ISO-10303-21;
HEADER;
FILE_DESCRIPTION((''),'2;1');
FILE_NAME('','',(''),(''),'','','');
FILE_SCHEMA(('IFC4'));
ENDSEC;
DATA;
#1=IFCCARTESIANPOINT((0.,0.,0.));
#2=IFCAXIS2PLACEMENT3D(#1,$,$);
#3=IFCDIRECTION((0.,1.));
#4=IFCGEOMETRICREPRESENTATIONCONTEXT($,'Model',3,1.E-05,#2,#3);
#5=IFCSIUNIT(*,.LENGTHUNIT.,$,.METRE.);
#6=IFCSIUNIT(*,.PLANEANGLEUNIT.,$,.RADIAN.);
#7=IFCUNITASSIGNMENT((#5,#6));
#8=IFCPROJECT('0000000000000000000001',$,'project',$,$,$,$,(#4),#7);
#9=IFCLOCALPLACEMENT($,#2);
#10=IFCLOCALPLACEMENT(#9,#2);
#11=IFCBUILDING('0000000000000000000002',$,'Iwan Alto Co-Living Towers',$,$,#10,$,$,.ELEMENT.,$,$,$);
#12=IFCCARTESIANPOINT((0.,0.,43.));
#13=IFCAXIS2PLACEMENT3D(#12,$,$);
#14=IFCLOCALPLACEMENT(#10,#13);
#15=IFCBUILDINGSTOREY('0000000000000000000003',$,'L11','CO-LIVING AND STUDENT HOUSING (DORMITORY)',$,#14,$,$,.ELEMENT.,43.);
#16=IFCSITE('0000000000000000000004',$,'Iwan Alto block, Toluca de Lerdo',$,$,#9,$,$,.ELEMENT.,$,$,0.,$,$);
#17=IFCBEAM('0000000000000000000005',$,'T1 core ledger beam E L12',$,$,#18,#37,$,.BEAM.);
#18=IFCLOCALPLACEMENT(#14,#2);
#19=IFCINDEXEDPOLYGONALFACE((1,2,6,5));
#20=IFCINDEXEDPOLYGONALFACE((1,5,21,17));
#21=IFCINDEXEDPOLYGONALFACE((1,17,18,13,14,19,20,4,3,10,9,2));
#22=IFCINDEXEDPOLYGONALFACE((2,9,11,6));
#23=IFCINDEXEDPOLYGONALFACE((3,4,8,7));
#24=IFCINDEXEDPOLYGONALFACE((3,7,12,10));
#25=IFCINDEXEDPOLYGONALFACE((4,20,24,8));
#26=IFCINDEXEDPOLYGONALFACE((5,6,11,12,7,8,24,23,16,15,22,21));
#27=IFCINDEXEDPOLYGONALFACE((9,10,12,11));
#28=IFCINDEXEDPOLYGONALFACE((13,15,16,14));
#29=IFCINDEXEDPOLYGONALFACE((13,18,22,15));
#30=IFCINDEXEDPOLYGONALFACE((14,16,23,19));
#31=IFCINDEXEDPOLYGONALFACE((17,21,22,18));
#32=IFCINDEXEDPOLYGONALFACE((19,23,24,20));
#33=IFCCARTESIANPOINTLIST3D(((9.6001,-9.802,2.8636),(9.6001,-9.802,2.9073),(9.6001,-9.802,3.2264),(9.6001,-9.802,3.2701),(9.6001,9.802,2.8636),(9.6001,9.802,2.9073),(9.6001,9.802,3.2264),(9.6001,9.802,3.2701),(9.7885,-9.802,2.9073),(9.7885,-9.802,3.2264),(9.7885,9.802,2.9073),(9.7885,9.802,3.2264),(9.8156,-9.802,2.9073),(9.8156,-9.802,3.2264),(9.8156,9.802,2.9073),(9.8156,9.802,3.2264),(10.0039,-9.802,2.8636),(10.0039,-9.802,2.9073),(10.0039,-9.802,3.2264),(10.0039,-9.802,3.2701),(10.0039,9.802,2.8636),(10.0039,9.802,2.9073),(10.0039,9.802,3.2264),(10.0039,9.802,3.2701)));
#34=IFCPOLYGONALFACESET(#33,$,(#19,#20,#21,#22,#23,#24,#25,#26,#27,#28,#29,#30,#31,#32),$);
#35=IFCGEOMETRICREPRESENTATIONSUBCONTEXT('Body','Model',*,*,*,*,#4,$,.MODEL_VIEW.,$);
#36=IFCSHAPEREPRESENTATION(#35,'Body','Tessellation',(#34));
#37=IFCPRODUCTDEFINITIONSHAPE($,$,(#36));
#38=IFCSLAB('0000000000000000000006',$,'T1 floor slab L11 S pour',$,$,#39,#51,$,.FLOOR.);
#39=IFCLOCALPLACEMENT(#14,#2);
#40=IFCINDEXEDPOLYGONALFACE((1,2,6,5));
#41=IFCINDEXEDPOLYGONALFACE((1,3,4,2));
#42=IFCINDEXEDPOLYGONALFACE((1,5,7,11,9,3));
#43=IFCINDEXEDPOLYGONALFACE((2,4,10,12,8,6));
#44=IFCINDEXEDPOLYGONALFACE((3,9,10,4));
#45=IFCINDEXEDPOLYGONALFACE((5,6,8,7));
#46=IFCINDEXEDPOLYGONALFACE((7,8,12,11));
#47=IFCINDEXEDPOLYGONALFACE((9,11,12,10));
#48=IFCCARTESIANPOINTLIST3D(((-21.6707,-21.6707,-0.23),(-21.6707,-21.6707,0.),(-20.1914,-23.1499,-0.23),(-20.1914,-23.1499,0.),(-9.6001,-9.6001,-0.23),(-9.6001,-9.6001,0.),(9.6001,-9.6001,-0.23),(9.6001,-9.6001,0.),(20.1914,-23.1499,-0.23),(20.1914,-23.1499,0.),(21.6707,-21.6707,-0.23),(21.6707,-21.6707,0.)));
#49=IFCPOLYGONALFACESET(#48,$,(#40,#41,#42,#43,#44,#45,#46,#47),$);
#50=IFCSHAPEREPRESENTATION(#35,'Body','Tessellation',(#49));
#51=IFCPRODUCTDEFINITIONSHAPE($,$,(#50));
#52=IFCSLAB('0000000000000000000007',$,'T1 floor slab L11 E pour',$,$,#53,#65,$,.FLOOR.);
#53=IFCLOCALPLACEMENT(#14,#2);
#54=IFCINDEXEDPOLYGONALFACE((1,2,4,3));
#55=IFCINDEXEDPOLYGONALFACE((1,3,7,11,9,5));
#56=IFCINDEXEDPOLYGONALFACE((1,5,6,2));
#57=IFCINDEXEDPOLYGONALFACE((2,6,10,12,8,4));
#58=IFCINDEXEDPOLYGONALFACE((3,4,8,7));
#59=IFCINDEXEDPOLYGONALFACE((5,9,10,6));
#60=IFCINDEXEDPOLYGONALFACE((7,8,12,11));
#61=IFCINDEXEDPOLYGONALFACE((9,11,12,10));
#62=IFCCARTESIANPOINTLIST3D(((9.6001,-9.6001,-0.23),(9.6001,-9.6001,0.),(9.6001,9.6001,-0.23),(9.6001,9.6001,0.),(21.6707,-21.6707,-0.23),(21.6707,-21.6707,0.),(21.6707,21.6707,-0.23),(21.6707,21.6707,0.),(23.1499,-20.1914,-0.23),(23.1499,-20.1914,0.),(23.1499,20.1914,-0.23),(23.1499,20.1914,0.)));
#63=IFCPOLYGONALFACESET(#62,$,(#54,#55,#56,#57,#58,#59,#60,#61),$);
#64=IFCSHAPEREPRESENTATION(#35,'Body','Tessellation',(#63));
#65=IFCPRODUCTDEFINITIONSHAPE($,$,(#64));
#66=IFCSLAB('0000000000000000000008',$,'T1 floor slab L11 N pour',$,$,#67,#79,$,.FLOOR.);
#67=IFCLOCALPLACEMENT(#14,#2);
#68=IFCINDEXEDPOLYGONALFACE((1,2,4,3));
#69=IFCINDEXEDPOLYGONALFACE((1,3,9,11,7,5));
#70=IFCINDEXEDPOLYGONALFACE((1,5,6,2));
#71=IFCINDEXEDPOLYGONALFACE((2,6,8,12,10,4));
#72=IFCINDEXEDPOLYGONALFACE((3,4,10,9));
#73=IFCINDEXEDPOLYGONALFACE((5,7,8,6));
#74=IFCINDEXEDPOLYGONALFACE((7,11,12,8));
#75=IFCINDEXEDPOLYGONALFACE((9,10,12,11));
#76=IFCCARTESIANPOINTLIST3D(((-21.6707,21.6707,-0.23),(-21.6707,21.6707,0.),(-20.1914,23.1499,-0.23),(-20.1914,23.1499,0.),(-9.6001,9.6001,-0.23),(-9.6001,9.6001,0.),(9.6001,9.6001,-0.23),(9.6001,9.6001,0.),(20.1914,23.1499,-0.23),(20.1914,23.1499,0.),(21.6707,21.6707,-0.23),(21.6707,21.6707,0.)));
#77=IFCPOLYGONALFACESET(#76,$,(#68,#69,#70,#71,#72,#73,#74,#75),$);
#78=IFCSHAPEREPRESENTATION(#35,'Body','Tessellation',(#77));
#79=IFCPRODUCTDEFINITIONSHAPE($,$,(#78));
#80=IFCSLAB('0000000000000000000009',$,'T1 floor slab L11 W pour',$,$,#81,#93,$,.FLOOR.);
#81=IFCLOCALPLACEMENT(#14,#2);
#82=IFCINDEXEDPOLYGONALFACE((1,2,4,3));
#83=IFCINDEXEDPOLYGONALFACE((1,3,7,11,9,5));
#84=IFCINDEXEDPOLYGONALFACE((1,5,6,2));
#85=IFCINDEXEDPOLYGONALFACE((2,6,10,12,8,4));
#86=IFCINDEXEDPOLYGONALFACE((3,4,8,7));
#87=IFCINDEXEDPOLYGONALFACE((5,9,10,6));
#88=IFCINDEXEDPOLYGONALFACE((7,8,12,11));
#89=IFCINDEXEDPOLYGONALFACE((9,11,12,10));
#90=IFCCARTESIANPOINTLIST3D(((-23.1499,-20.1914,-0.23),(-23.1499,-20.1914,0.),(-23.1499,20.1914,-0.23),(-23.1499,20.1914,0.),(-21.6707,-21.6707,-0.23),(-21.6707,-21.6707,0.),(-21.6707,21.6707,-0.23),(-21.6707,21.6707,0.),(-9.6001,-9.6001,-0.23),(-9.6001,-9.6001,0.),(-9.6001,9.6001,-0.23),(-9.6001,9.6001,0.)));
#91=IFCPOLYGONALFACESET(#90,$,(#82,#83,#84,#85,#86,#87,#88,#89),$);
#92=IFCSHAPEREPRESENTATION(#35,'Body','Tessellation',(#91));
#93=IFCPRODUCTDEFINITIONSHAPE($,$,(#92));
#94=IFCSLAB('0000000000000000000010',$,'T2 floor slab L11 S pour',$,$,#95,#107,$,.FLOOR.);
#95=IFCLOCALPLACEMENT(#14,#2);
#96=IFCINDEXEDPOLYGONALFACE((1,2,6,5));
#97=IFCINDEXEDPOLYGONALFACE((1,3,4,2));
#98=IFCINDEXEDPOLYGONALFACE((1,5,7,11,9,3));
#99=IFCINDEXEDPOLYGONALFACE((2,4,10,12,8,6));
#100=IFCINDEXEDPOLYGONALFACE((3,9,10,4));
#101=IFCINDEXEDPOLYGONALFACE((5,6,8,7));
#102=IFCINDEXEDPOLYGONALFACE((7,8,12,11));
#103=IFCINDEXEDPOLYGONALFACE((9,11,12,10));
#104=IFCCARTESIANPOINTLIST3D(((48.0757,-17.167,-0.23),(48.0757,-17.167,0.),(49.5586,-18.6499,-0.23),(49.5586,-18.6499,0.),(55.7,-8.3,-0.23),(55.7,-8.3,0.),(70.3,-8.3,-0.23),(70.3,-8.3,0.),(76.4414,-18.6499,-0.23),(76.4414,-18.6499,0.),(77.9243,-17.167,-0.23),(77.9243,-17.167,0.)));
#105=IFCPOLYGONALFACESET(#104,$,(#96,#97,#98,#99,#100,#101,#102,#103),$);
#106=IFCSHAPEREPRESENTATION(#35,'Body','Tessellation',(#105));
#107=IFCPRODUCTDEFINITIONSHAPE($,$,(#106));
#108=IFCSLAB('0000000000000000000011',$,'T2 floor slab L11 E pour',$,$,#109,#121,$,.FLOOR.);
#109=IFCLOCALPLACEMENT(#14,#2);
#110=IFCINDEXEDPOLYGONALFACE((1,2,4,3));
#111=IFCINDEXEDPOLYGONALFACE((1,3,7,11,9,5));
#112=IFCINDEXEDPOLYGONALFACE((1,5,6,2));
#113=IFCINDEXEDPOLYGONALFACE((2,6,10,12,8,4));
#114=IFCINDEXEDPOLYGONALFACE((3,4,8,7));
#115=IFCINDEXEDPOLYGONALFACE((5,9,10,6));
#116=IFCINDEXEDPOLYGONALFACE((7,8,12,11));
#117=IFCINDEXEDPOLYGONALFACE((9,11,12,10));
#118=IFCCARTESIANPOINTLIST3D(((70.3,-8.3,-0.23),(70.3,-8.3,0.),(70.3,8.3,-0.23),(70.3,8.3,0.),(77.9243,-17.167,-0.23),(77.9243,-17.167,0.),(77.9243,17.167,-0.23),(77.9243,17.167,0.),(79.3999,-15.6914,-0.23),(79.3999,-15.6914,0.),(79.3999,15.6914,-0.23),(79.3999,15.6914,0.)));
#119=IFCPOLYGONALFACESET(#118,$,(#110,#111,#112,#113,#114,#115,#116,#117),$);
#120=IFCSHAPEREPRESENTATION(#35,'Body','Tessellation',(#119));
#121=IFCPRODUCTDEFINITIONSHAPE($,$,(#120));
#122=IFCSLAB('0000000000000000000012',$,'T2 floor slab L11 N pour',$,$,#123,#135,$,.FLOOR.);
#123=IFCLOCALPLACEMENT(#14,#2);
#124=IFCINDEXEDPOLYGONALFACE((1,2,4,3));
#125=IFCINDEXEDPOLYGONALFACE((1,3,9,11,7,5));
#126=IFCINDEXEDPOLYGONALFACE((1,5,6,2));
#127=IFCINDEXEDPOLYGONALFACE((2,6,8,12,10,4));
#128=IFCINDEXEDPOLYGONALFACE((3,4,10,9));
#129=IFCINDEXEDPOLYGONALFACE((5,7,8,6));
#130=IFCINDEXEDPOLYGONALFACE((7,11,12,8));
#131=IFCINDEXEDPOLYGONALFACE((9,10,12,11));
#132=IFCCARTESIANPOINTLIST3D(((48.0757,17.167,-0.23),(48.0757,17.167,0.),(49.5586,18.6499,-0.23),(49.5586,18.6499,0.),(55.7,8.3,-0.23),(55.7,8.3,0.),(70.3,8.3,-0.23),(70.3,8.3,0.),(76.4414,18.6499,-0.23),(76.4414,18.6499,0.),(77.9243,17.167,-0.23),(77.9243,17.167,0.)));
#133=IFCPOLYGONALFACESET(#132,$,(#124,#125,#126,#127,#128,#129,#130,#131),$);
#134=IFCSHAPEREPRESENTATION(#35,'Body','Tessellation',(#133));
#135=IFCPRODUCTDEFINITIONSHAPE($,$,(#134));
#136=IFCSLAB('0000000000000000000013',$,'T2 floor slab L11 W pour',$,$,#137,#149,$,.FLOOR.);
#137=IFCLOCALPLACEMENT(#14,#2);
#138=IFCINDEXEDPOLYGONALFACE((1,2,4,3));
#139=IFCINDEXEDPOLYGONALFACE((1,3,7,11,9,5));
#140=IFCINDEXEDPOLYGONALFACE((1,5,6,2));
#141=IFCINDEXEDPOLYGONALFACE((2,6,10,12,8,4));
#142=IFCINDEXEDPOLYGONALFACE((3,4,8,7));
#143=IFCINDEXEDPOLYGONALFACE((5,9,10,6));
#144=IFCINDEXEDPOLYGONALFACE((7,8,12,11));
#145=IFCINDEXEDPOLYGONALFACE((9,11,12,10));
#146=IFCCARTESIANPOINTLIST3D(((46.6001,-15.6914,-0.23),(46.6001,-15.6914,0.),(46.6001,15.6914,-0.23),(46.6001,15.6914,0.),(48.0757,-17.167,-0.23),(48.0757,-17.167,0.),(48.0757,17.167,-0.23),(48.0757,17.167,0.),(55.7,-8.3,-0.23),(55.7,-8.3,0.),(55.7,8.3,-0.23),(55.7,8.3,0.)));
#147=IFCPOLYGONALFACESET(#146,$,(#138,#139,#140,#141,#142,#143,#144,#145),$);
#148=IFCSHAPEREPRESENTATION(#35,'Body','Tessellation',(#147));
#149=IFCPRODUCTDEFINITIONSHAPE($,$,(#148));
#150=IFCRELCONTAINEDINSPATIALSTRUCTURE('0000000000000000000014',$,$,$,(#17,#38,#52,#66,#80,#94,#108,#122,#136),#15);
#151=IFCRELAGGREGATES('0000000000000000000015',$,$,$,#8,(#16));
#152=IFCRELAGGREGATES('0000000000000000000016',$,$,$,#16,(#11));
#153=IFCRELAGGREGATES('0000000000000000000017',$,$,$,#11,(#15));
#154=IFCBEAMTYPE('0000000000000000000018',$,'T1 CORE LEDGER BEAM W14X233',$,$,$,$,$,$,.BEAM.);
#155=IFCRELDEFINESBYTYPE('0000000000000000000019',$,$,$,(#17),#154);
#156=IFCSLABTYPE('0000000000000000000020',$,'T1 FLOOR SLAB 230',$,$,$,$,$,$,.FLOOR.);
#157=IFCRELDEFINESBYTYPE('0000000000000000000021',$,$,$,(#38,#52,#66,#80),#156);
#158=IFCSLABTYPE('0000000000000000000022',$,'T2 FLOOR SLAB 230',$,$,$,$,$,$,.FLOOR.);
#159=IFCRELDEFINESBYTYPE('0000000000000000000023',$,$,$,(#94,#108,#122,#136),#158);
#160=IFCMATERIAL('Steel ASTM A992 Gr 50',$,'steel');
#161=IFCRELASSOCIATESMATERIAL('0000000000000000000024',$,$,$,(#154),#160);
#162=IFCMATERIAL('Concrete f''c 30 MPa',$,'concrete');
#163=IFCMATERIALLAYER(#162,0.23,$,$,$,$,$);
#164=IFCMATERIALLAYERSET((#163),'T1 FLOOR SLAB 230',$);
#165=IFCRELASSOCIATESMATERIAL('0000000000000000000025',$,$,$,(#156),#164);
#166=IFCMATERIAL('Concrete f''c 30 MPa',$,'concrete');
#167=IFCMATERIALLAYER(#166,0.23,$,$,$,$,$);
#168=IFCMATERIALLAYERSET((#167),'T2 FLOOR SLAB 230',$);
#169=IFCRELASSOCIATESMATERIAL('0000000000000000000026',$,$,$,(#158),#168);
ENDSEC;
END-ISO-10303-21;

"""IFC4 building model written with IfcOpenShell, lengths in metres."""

from ifc_helpers import new_model, si_unit, direction, frame, origin, origin_2d, place, context, subcontext, project, spatial, polyline, i_section, outline, extrude, material, layer, layer_set, material_profile, profile_set, type_object, element, save


model = new_model("IFC4")

# Units and contexts
model_context = context("Model", 3, precision=1e-05, world=origin(), true_north=direction((0.0, 1.0)))
body_context = subcontext(model_context, "Body", "Model", "MODEL_VIEW")
ifc_project = project(units=[si_unit("LENGTHUNIT", "METRE"), si_unit("PLANEANGLEUNIT", "RADIAN")], contexts=[model_context])

# Site, building, storey
site_placement = place(None, origin())
site = spatial("IfcSite", under=ifc_project, at=site_placement, Name="Iwan Alto block, Toluca de Lerdo", CompositionType="ELEMENT", RefElevation=0.0)
building_placement = place(site_placement, origin())
building = spatial("IfcBuilding", under=site, at=building_placement, Name="Iwan Alto Co-Living Towers", CompositionType="ELEMENT")
storey_placement = place(building_placement, frame((0.0, 0.0, 43.0)))
storey = spatial("IfcBuildingStorey", under=building, at=storey_placement, Name="L11", Description="CO-LIVING AND STUDENT HOUSING (DORMITORY)", CompositionType="ELEMENT", Elevation=43.0)

# Beam
ifc_material_1 = material(Name="Steel ASTM A992 Gr 50", Category="steel")
ifc_material_profile = material_profile(ifc_material_1, i_section(OverallWidth=0.4038, OverallDepth=0.4065, WebThickness=0.0271, FlangeThickness=0.0437, at=origin_2d()), Name="W14X233")
ifc_profile_set = profile_set([ifc_material_profile], Name="Steel ASTM A992 Gr 50")
beam_type = type_object("IfcBeamType", Name="T1 CORE LEDGER BEAM W14X233", PredefinedType="BEAM", material=ifc_profile_set)
beam_placement = place(storey_placement, frame((9.802, -9.802, 3.0669), z_axis=(0.0, 1.0, 0.0), x_axis=(-1.0, 0.0, 0.0)))
element("IfcBeam", 1, at=beam_placement, inside=storey, type_object=beam_type, Name="T1 core ledger beam E L12", PredefinedType="BEAM", context=body_context, shape_type="SweptSolid", body=[
    extrude(i_section(OverallWidth=0.4038, OverallDepth=0.4065, WebThickness=0.0271, FlangeThickness=0.0437, at=origin_2d()), origin(), (0.0, 0.0, 1.0), 19.604),
])

# Slabs
ifc_material_2 = material(Name="Concrete f'c 30 MPa", Category="concrete")
ifc_layer_1 = layer(ifc_material_2, 0.23)
ifc_layer_set_1 = layer_set([ifc_layer_1], Name="T1 FLOOR SLAB 230")
slab_type_1 = type_object("IfcSlabType", Name="T1 FLOOR SLAB 230", PredefinedType="FLOOR", material=ifc_layer_set_1)
slab_1_placement = place(storey_placement, frame((0.0, 0.0, -0.23)))
element("IfcSlab", 2, at=slab_1_placement, inside=storey, type_object=slab_type_1, Name="T1 floor slab L11 S pour", PredefinedType="FLOOR", context=body_context, shape_type="SweptSolid", body=[
    extrude(outline(polyline([(20.1914, -23.1499), (-20.1914, -23.1499), (-21.6707, -21.6707), (-9.6001, -9.6001), (9.6001, -9.6001), (21.6707, -21.6707), (20.1914, -23.1499)])), origin(), (0.0, 0.0, 1.0), 0.23),
])
slab_2_placement = place(storey_placement, frame((0.0, 0.0, -0.23)))
element("IfcSlab", 3, at=slab_2_placement, inside=storey, type_object=slab_type_1, Name="T1 floor slab L11 E pour", PredefinedType="FLOOR", context=body_context, shape_type="SweptSolid", body=[
    extrude(outline(polyline([(23.1499, 20.1914), (23.1499, -20.1914), (21.6707, -21.6707), (9.6001, -9.6001), (9.6001, 9.6001), (21.6707, 21.6707), (23.1499, 20.1914)])), origin(), (0.0, 0.0, 1.0), 0.23),
])
slab_3_placement = place(storey_placement, frame((0.0, 0.0, -0.23)))
element("IfcSlab", 4, at=slab_3_placement, inside=storey, type_object=slab_type_1, Name="T1 floor slab L11 N pour", PredefinedType="FLOOR", context=body_context, shape_type="SweptSolid", body=[
    extrude(outline(polyline([(-20.1914, 23.1499), (20.1914, 23.1499), (21.6707, 21.6707), (9.6001, 9.6001), (-9.6001, 9.6001), (-21.6707, 21.6707), (-20.1914, 23.1499)])), origin(), (0.0, 0.0, 1.0), 0.23),
])
slab_4_placement = place(storey_placement, frame((0.0, 0.0, -0.23)))
element("IfcSlab", 5, at=slab_4_placement, inside=storey, type_object=slab_type_1, Name="T1 floor slab L11 W pour", PredefinedType="FLOOR", context=body_context, shape_type="SweptSolid", body=[
    extrude(outline(polyline([(-23.1499, 20.1914), (-21.6707, 21.6707), (-9.6001, 9.6001), (-9.6001, -9.6001), (-21.6707, -21.6707), (-23.1499, -20.1914), (-23.1499, 20.1914)])), origin(), (0.0, 0.0, 1.0), 0.23),
])
ifc_material_3 = material(Name="Concrete f'c 30 MPa", Category="concrete")
ifc_layer_2 = layer(ifc_material_3, 0.23)
ifc_layer_set_2 = layer_set([ifc_layer_2], Name="T2 FLOOR SLAB 230")
slab_type_2 = type_object("IfcSlabType", Name="T2 FLOOR SLAB 230", PredefinedType="FLOOR", material=ifc_layer_set_2)
slab_5_placement = place(storey_placement, frame((0.0, 0.0, -0.23)))
element("IfcSlab", 6, at=slab_5_placement, inside=storey, type_object=slab_type_2, Name="T2 floor slab L11 S pour", PredefinedType="FLOOR", context=body_context, shape_type="SweptSolid", body=[
    extrude(outline(polyline([(76.4414, -18.6499), (49.5586, -18.6499), (48.0757, -17.167), (55.7, -8.3), (70.3, -8.3), (77.9243, -17.167), (76.4414, -18.6499)])), origin(), (0.0, 0.0, 1.0), 0.23),
])
slab_6_placement = place(storey_placement, frame((0.0, 0.0, -0.23)))
element("IfcSlab", 7, at=slab_6_placement, inside=storey, type_object=slab_type_2, Name="T2 floor slab L11 E pour", PredefinedType="FLOOR", context=body_context, shape_type="SweptSolid", body=[
    extrude(outline(polyline([(79.3999, 15.6914), (79.3999, -15.6914), (77.9243, -17.167), (70.3, -8.3), (70.3, 8.3), (77.9243, 17.167), (79.3999, 15.6914)])), origin(), (0.0, 0.0, 1.0), 0.23),
])
slab_7_placement = place(storey_placement, frame((0.0, 0.0, -0.23)))
element("IfcSlab", 8, at=slab_7_placement, inside=storey, type_object=slab_type_2, Name="T2 floor slab L11 N pour", PredefinedType="FLOOR", context=body_context, shape_type="SweptSolid", body=[
    extrude(outline(polyline([(49.5586, 18.6499), (76.4414, 18.6499), (77.9243, 17.167), (70.3, 8.3), (55.7, 8.3), (48.0757, 17.167), (49.5586, 18.6499)])), origin(), (0.0, 0.0, 1.0), 0.23),
])
slab_8_placement = place(storey_placement, frame((0.0, 0.0, -0.23)))
element("IfcSlab", 9, at=slab_8_placement, inside=storey, type_object=slab_type_2, Name="T2 floor slab L11 W pour", PredefinedType="FLOOR", context=body_context, shape_type="SweptSolid", body=[
    extrude(outline(polyline([(46.6001, 15.6914), (48.0757, 17.167), (55.7, 8.3), (55.7, -8.3), (48.0757, -17.167), (46.6001, -15.6914), (46.6001, 15.6914)])), origin(), (0.0, 0.0, 1.0), 0.23),
])

save(model, "model.ifc")
